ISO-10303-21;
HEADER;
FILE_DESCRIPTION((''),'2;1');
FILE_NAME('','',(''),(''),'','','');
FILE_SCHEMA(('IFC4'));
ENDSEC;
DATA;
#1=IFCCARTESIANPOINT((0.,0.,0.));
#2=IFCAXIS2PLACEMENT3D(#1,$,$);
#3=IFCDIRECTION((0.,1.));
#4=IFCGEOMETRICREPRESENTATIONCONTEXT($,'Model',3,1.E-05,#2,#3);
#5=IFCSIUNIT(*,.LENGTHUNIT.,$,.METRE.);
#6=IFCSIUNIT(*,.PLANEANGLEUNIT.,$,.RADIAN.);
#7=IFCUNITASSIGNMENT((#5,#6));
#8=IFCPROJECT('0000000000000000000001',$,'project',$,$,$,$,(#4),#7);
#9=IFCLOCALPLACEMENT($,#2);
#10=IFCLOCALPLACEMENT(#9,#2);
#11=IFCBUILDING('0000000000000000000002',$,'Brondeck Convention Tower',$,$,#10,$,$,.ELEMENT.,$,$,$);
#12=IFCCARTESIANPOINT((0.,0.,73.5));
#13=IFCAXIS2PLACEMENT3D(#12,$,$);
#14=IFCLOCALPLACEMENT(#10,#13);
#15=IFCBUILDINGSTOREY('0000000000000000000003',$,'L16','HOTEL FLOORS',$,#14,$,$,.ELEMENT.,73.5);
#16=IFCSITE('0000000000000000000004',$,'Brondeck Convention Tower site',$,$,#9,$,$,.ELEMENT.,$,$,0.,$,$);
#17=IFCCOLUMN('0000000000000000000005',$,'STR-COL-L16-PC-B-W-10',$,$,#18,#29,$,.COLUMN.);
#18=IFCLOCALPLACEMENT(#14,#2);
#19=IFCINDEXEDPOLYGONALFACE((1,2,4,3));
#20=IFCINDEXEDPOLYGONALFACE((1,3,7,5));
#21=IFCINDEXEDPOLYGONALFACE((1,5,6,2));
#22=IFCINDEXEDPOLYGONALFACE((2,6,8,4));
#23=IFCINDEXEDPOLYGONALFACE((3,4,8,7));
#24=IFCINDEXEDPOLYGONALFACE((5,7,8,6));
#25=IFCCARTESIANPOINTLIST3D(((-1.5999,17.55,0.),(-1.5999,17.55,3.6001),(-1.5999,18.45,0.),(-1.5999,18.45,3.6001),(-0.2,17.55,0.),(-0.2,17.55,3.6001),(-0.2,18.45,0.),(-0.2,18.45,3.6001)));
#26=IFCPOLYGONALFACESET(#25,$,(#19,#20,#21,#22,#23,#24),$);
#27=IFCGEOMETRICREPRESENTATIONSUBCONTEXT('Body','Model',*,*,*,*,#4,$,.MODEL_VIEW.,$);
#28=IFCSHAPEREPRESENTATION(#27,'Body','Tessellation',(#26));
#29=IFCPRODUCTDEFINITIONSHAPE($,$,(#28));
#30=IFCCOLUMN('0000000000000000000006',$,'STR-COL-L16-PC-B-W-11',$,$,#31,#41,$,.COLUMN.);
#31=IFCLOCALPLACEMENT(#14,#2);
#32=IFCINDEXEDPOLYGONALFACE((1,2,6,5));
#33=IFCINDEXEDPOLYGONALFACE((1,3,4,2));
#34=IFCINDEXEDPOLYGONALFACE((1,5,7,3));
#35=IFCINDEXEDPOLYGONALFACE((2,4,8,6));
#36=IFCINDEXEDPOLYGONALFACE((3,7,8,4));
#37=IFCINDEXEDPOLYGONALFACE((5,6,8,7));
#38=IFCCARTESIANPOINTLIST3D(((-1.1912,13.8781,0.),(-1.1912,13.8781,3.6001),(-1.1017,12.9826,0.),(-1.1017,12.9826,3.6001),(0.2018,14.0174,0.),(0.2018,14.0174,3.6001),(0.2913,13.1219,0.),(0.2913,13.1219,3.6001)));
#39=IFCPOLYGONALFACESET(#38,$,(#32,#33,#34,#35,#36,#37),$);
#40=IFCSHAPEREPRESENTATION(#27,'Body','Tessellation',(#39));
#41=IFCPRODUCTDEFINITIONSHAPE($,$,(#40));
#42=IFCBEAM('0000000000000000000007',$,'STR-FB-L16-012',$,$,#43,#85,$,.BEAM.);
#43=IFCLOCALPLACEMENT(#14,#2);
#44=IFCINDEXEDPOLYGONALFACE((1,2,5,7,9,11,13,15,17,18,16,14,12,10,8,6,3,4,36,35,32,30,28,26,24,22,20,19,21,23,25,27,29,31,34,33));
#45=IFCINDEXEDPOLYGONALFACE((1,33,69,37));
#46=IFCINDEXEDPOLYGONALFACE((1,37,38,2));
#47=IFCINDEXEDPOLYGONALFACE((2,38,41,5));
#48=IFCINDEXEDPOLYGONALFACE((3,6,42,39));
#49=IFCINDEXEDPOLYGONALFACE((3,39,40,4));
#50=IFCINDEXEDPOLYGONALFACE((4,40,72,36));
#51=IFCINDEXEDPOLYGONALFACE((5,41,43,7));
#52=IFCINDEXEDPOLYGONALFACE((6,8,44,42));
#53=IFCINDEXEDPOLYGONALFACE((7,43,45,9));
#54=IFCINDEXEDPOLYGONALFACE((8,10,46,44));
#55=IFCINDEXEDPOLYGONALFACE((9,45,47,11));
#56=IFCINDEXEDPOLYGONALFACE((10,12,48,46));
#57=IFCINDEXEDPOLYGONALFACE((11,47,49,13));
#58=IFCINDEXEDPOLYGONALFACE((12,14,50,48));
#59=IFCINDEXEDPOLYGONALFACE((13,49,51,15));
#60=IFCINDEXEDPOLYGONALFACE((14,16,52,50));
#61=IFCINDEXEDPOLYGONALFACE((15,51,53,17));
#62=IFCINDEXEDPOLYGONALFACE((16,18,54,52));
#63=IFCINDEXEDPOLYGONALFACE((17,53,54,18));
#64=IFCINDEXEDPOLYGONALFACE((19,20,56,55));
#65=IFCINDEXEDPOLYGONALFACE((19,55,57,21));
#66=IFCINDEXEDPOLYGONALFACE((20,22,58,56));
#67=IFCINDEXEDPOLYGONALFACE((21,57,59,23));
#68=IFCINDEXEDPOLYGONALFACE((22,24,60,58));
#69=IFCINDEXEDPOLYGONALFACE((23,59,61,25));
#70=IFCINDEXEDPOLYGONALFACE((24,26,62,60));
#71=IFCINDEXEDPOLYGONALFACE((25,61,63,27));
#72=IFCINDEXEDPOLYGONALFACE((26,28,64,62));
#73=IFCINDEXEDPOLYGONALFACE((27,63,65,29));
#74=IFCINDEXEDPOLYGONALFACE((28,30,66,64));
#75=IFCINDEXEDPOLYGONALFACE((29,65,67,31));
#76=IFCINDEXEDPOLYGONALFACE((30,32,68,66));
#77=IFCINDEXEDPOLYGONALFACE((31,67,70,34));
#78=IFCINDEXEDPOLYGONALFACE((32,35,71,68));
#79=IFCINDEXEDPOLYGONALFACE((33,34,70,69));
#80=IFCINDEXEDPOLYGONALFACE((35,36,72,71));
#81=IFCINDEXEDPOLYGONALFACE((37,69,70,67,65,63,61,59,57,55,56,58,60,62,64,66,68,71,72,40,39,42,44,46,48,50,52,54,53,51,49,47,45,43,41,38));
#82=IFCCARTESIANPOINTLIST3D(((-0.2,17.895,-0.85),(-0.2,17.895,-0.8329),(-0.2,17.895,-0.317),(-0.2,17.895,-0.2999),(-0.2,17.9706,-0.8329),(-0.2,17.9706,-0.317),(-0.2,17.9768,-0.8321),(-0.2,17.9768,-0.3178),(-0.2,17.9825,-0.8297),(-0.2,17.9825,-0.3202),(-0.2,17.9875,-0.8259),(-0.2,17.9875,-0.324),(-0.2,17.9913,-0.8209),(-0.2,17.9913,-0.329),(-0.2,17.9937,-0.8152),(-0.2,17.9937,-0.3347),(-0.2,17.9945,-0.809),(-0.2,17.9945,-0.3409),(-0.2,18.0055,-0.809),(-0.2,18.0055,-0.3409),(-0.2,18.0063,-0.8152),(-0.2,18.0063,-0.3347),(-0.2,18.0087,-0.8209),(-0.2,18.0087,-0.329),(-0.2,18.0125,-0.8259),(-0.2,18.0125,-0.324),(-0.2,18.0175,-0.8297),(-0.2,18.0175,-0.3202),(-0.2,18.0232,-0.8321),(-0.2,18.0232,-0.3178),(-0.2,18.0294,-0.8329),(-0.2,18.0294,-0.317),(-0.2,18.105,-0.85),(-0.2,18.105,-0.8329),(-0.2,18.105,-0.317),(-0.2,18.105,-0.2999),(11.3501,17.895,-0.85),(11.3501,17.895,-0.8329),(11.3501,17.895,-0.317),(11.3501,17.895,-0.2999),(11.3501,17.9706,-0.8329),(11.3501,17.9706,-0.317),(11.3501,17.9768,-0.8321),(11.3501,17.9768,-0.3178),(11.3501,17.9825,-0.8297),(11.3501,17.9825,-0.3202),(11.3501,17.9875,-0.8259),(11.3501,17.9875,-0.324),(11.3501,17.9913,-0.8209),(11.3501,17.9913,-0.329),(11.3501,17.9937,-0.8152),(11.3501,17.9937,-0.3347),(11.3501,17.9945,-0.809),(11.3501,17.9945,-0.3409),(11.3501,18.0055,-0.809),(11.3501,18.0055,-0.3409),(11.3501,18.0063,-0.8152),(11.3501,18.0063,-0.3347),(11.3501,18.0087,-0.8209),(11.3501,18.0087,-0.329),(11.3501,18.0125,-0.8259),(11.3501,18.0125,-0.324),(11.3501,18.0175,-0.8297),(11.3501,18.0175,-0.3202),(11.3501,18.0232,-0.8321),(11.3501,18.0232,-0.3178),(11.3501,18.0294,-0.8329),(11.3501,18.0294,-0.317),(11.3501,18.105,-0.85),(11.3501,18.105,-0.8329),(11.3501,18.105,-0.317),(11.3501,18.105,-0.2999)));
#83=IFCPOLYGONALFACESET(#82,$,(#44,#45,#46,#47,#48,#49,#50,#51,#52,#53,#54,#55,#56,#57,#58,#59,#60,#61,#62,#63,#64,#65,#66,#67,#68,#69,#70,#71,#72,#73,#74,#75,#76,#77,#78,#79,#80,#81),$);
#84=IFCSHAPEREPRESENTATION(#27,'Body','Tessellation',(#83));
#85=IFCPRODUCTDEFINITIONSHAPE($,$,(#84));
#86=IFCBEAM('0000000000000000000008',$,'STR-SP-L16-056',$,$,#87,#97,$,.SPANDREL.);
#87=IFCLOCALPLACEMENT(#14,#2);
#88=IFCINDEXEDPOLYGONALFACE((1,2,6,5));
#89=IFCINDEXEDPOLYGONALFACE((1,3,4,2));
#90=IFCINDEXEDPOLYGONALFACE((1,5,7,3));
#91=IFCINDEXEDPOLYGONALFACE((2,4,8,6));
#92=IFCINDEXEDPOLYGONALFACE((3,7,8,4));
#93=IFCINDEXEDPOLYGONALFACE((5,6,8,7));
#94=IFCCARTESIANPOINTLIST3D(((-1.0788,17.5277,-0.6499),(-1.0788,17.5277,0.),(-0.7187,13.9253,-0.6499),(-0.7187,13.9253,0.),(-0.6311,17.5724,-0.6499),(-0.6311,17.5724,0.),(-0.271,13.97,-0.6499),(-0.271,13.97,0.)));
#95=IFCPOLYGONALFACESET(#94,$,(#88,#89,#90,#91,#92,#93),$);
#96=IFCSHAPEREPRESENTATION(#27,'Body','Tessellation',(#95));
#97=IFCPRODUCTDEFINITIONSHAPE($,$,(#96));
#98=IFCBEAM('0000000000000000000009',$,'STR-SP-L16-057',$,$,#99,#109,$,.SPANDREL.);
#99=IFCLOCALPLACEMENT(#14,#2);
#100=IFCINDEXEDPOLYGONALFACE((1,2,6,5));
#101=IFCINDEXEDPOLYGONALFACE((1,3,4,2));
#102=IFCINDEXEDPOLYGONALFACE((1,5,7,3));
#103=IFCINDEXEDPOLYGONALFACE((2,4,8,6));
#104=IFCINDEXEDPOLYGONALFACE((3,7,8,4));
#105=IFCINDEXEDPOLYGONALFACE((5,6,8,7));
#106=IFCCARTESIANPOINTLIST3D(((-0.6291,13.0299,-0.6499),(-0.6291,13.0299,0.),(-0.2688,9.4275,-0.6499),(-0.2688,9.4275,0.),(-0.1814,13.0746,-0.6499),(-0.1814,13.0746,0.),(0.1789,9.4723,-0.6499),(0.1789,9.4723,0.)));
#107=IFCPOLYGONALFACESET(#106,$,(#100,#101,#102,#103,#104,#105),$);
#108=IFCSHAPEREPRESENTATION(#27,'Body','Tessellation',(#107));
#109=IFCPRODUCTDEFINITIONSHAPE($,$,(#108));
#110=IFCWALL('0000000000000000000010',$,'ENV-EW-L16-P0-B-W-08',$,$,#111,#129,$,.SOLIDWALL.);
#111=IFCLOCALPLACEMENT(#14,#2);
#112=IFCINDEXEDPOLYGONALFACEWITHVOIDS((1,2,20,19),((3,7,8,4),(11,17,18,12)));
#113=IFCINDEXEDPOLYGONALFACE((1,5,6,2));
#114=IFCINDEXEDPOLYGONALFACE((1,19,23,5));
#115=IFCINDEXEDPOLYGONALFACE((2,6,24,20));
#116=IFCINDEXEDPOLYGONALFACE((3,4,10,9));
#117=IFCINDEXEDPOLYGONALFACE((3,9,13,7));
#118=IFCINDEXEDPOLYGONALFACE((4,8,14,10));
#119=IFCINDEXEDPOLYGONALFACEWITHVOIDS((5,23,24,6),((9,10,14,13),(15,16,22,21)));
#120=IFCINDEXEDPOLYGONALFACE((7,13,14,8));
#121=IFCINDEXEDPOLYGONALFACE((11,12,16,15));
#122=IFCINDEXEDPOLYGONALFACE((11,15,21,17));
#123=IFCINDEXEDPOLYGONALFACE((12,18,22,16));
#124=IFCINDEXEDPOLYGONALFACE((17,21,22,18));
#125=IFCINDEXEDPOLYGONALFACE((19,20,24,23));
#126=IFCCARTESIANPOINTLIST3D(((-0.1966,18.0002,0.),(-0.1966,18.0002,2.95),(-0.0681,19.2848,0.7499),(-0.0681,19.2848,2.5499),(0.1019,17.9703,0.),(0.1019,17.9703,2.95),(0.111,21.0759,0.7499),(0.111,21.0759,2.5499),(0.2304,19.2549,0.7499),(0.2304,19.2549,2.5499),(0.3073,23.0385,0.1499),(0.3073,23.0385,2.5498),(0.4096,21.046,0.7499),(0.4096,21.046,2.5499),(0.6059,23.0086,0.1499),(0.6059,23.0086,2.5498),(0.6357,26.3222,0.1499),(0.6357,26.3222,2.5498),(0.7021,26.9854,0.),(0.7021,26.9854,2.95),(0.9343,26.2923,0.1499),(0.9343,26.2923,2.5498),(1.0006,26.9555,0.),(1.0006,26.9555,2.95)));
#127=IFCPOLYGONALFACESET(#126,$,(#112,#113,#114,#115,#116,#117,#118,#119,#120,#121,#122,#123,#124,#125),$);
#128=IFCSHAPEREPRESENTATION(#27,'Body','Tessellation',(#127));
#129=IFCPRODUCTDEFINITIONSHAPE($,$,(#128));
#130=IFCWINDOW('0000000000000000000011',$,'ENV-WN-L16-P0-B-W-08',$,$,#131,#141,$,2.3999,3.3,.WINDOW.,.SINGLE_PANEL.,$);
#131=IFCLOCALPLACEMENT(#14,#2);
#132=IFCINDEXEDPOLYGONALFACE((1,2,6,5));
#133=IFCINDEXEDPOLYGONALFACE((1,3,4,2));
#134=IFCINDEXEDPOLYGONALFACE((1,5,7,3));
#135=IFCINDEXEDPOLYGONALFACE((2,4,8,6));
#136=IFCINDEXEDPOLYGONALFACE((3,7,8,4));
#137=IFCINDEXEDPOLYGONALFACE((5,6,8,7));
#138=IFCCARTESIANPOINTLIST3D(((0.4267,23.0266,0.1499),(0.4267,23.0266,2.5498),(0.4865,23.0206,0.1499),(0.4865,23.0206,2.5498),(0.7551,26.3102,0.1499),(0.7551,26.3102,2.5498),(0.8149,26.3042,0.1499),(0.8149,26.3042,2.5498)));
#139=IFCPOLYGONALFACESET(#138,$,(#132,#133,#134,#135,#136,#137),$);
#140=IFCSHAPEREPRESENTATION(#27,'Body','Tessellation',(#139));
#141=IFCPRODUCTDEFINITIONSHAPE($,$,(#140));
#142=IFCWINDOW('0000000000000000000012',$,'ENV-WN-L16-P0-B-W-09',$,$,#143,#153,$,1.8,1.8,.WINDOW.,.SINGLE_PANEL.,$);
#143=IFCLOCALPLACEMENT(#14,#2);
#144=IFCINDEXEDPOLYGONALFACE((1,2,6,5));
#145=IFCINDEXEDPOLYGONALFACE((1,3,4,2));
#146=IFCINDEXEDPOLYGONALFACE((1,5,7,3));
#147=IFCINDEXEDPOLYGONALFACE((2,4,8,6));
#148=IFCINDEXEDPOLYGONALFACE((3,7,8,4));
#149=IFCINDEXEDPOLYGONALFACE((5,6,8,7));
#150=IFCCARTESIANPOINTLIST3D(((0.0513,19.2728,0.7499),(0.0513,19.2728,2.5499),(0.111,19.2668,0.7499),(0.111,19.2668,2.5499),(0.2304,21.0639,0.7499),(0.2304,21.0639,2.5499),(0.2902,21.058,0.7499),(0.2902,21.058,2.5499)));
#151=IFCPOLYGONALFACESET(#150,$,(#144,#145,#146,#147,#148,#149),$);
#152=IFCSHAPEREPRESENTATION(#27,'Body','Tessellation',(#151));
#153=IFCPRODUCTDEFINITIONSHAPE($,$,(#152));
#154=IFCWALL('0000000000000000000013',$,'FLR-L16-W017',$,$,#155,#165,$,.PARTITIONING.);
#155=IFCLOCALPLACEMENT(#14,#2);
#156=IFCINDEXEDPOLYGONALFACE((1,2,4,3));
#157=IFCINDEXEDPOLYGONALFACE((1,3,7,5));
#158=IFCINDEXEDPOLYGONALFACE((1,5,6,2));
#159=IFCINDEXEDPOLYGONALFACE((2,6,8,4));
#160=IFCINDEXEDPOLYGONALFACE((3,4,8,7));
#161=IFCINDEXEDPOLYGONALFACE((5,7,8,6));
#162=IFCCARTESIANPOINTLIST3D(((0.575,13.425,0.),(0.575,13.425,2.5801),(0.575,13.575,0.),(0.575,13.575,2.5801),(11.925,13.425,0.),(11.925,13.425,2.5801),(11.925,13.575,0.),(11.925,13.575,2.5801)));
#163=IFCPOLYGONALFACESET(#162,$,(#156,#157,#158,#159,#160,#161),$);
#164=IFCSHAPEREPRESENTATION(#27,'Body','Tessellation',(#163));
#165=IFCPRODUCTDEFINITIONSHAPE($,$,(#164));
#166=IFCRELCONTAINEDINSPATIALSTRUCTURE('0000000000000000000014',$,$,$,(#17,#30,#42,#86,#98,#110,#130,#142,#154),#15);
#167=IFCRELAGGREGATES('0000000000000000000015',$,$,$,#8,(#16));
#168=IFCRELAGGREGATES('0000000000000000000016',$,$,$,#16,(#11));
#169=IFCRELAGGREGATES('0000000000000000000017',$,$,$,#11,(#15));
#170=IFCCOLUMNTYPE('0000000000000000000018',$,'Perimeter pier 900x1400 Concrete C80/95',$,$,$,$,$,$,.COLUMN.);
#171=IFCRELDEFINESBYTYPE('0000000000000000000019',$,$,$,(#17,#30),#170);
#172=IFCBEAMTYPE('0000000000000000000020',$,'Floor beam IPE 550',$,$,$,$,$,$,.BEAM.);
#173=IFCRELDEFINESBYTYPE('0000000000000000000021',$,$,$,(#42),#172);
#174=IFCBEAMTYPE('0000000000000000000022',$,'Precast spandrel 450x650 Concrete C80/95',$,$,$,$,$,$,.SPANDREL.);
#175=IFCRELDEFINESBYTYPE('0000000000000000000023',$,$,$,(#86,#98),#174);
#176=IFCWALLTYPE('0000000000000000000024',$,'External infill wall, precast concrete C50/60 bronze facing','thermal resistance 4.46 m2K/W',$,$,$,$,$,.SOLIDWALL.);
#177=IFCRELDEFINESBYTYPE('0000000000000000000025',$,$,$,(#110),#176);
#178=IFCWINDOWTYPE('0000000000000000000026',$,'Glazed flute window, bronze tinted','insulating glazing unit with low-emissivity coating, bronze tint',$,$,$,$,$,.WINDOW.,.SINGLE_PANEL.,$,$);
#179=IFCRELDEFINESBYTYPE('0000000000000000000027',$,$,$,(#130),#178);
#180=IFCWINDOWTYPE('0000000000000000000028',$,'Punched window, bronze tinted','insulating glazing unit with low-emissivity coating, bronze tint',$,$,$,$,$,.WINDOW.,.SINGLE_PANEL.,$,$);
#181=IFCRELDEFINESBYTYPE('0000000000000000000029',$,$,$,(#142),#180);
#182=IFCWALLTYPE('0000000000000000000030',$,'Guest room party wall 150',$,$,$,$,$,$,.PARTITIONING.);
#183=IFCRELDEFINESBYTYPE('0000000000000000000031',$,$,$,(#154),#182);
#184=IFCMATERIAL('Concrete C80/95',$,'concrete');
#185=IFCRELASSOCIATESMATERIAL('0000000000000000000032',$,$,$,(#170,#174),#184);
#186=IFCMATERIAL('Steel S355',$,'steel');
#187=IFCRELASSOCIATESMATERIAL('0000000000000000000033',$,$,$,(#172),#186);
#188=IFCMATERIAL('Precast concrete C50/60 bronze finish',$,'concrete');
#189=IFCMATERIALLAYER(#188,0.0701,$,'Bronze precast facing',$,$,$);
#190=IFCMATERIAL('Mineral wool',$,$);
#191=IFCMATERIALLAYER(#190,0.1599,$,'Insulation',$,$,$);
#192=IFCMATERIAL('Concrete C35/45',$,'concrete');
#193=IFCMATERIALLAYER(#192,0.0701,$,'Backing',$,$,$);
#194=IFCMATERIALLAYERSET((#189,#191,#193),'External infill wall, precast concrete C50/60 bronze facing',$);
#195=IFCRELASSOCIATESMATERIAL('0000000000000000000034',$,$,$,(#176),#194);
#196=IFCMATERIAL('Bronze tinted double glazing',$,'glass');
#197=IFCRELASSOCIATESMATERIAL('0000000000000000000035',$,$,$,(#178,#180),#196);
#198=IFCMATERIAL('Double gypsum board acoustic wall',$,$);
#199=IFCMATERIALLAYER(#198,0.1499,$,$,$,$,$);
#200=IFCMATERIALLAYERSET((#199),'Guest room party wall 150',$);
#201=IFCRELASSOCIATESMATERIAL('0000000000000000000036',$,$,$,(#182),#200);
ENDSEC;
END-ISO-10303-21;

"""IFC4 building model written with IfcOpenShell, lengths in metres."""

from ifc_helpers import new_model, si_unit, direction, frame, frame_2d, origin, origin_2d, place, context, subcontext, project, spatial, rectangle, i_section, extrude, material, layer, layer_set, material_profile, profile_set, type_object, element, fill, save


model = new_model("IFC4")

# Units and contexts
model_context = context("Model", 3, precision=1e-05, world=origin(), true_north=direction((0.0, 1.0)))
body_context = subcontext(model_context, "Body", "Model", "MODEL_VIEW")
ifc_project = project(units=[si_unit("LENGTHUNIT", "METRE"), si_unit("PLANEANGLEUNIT", "RADIAN")], contexts=[model_context])

# Site, building, storey
site_placement = place(None, origin())
site = spatial("IfcSite", under=ifc_project, at=site_placement, Name="Brondeck Convention Tower site", CompositionType="ELEMENT", RefElevation=0.0)
building_placement = place(site_placement, origin())
building = spatial("IfcBuilding", under=site, at=building_placement, Name="Brondeck Convention Tower", CompositionType="ELEMENT")
storey_placement = place(building_placement, frame((0.0, 0.0, 73.5)))
storey = spatial("IfcBuildingStorey", under=building, at=storey_placement, Name="L16", Description="HOTEL FLOORS", CompositionType="ELEMENT", Elevation=73.5)

# Columns
ifc_material_1 = material(Name="Concrete C80/95", Category="concrete")
ifc_material_profile_1 = material_profile(ifc_material_1, rectangle(XDim=0.8999, YDim=1.3999, at=origin_2d()), Name="Perimeter pier 900x1400 Concrete C80/95")
ifc_profile_set_1 = profile_set([ifc_material_profile_1], Name="Concrete C80/95")
column_type = type_object("IfcColumnType", Name="Perimeter pier 900x1400 Concrete C80/95", PredefinedType="COLUMN", material=ifc_profile_set_1)
for number, where, z_axis, x_axis, name in (
    (1, (-0.8999, 18.0, 0.0), (0.0, 0.0, 1.0), (0.0, -1.0, 0.0), "STR-COL-L16-PC-B-W-10"),
    (2, (-0.45, 13.5, 0.0), (0.0, 0.0, 1.0), (0.099504, -0.995037, 0.0), "STR-COL-L16-PC-B-W-11"),
):
    element("IfcColumn", number, at=place(storey_placement, frame(where, z_axis=z_axis, x_axis=x_axis)), inside=storey, type_object=column_type, Name=name, PredefinedType="COLUMN", context=body_context, shape_type="SweptSolid", body=[
        extrude(rectangle(XDim=0.8999, YDim=1.3999, at=origin_2d()), origin(), (0.0, 0.0, 1.0), 3.6001),
    ])

# Beams
ifc_material_2 = material(Name="Steel S355", Category="steel")
ifc_material_profile_2 = material_profile(ifc_material_2, i_section(OverallWidth=0.21, OverallDepth=0.55, WebThickness=0.011, FlangeThickness=0.0171, FilletRadius=0.0239, at=origin_2d()), Name="IPE 550")
ifc_profile_set_2 = profile_set([ifc_material_profile_2], Name="Steel S355")
beam_type_1 = type_object("IfcBeamType", Name="Floor beam IPE 550", PredefinedType="BEAM", material=ifc_profile_set_2)
beam_placement = place(storey_placement, frame((-0.2, 18.0, -0.575), z_axis=(1.0, 0.0, 0.0), x_axis=(0.0, 1.0, 0.0)))
element("IfcBeam", 3, at=beam_placement, inside=storey, type_object=beam_type_1, Name="STR-FB-L16-012", PredefinedType="BEAM", context=body_context, shape_type="SweptSolid", body=[
    extrude(i_section(OverallWidth=0.21, OverallDepth=0.55, WebThickness=0.011, FlangeThickness=0.0171, FilletRadius=0.0239, at=origin_2d()), origin(), (0.0, 0.0, 1.0), 11.55),
])
ifc_material_profile_3 = material_profile(ifc_material_1, rectangle(XDim=0.45, YDim=0.6499, at=origin_2d()), Name="Precast spandrel 450x650 Concrete C80/95")
ifc_profile_set_3 = profile_set([ifc_material_profile_3], Name="Concrete C80/95")
beam_type_2 = type_object("IfcBeamType", Name="Precast spandrel 450x650 Concrete C80/95", PredefinedType="SPANDREL", material=ifc_profile_set_3)
for number, where, z_axis, x_axis, name in (
    (4, (-0.855, 17.55, -0.325), (0.09947, -0.995041, 0.0), (0.995041, 0.09947, 0.0), "STR-SP-L16-056"),
    (5, (-0.4053, 13.0522, -0.325), (0.099537, -0.995034, 0.0), (0.995034, 0.099537, 0.0), "STR-SP-L16-057"),
):
    element("IfcBeam", number, at=place(storey_placement, frame(where, z_axis=z_axis, x_axis=x_axis)), inside=storey, type_object=beam_type_2, Name=name, PredefinedType="SPANDREL", context=body_context, shape_type="SweptSolid", body=[
        extrude(rectangle(XDim=0.45, YDim=0.6499, at=origin_2d()), origin(), (0.0, 0.0, 1.0), 3.6204),
    ])

# Wall, openings, windows
ifc_material_3 = material(Name="Precast concrete C50/60 bronze finish", Category="concrete")
ifc_layer_1 = layer(ifc_material_3, 0.0701, Name="Bronze precast facing")
ifc_material_4 = material(Name="Mineral wool")
ifc_layer_2 = layer(ifc_material_4, 0.1599, Name="Insulation")
ifc_material_5 = material(Name="Concrete C35/45", Category="concrete")
ifc_layer_3 = layer(ifc_material_5, 0.0701, Name="Backing")
ifc_layer_set_1 = layer_set([ifc_layer_1, ifc_layer_2, ifc_layer_3], Name="External infill wall, precast concrete C50/60 bronze facing")
wall_type_1 = type_object("IfcWallType", Name="External infill wall, precast concrete C50/60 bronze facing", Description="thermal resistance 4.46 m2K/W", PredefinedType="SOLIDWALL", material=ifc_layer_set_1)
wall_1_placement = place(storey_placement, frame((-0.0474, 17.9851, 0.0), z_axis=(0.0, 0.0, 1.0), x_axis=(0.099522, 0.995035, 0.0)))
wall_1 = element("IfcWall", 6, at=wall_1_placement, inside=storey, type_object=wall_type_1, Name="ENV-EW-L16-P0-B-W-08", PredefinedType="SOLIDWALL", context=body_context, shape_type="SweptSolid", body=[
    extrude(rectangle(XDim=9.03, YDim=0.3, at=frame_2d((4.5151, 0.0))), origin(), (0.0, 0.0, 1.0), 2.95),
])
opening_1_placement = place(wall_1_placement, frame((1.2913, 0.0, 0.75)))
opening_1 = element("IfcOpeningElement", 7, at=opening_1_placement, cuts=wall_1, PredefinedType="OPENING", context=body_context, shape_type="SweptSolid", body=[
    extrude(rectangle(XDim=1.8, YDim=1.8, at=frame_2d((0.8999, 0.8999))), frame((0.0, 0.1599, 0.0), z_axis=(0.0, -1.0, 0.0), x_axis=(1.0, 0.0, 0.0)), (0.0, 0.0, 1.0), 0.3201),
])
opening_2_placement = place(wall_1_placement, frame((5.0637, 0.0, 0.1499)))
opening_2 = element("IfcOpeningElement", 8, at=opening_2_placement, cuts=wall_1, PredefinedType="OPENING", context=body_context, shape_type="SweptSolid", body=[
    extrude(rectangle(XDim=3.3, YDim=2.3999, at=frame_2d((1.6499, 1.2))), frame((0.0, 0.1599, 0.0), z_axis=(0.0, -1.0, 0.0), x_axis=(1.0, 0.0, 0.0)), (0.0, 0.0, 1.0), 0.3201),
])
ifc_material_6 = material(Name="Bronze tinted double glazing", Category="glass")
window_type_1 = type_object("IfcWindowType", Name="Glazed flute window, bronze tinted", Description="insulating glazing unit with low-emissivity coating, bronze tint", PartitioningType="SINGLE_PANEL", PredefinedType="WINDOW", material=ifc_material_6)
window_1_placement = place(opening_2_placement, origin())
window_1 = element("IfcWindow", 9, at=window_1_placement, inside=storey, type_object=window_type_1, Name="ENV-WN-L16-P0-B-W-08", OverallHeight=2.3999, OverallWidth=3.3, PartitioningType="SINGLE_PANEL", PredefinedType="WINDOW", context=body_context, shape_type="SweptSolid", body=[
    extrude(rectangle(XDim=3.3, YDim=2.3999, at=frame_2d((1.6499, 1.2))), frame((0.0, 0.03, 0.0), z_axis=(0.0, -1.0, 0.0), x_axis=(1.0, 0.0, 0.0)), (0.0, 0.0, 1.0), 0.0601),
])
fill(opening_2, window_1)
window_type_2 = type_object("IfcWindowType", Name="Punched window, bronze tinted", Description="insulating glazing unit with low-emissivity coating, bronze tint", PartitioningType="SINGLE_PANEL", PredefinedType="WINDOW", material=ifc_material_6)
window_2_placement = place(opening_1_placement, origin())
window_2 = element("IfcWindow", 10, at=window_2_placement, inside=storey, type_object=window_type_2, Name="ENV-WN-L16-P0-B-W-09", OverallHeight=1.8, OverallWidth=1.8, PartitioningType="SINGLE_PANEL", PredefinedType="WINDOW", context=body_context, shape_type="SweptSolid", body=[
    extrude(rectangle(XDim=1.8, YDim=1.8, at=frame_2d((0.8999, 0.8999))), frame((0.0, 0.03, 0.0), z_axis=(0.0, -1.0, 0.0), x_axis=(1.0, 0.0, 0.0)), (0.0, 0.0, 1.0), 0.0601),
])
fill(opening_1, window_2)

# Wall
ifc_material_7 = material(Name="Double gypsum board acoustic wall")
ifc_layer_4 = layer(ifc_material_7, 0.1499)
ifc_layer_set_2 = layer_set([ifc_layer_4], Name="Guest room party wall 150")
wall_type_2 = type_object("IfcWallType", Name="Guest room party wall 150", PredefinedType="PARTITIONING", material=ifc_layer_set_2)
wall_2_placement = place(storey_placement, frame((11.925, 13.5, 0.0), z_axis=(0.0, 0.0, 1.0), x_axis=(-1.0, 0.0, 0.0)))
element("IfcWall", 11, at=wall_2_placement, inside=storey, type_object=wall_type_2, Name="FLR-L16-W017", PredefinedType="PARTITIONING", context=body_context, shape_type="SweptSolid", body=[
    extrude(rectangle(XDim=11.3501, YDim=0.1499, at=frame_2d((5.675, 0.0))), origin(), (0.0, 0.0, 1.0), 2.5801),
])

save(model, "model.ifc")
